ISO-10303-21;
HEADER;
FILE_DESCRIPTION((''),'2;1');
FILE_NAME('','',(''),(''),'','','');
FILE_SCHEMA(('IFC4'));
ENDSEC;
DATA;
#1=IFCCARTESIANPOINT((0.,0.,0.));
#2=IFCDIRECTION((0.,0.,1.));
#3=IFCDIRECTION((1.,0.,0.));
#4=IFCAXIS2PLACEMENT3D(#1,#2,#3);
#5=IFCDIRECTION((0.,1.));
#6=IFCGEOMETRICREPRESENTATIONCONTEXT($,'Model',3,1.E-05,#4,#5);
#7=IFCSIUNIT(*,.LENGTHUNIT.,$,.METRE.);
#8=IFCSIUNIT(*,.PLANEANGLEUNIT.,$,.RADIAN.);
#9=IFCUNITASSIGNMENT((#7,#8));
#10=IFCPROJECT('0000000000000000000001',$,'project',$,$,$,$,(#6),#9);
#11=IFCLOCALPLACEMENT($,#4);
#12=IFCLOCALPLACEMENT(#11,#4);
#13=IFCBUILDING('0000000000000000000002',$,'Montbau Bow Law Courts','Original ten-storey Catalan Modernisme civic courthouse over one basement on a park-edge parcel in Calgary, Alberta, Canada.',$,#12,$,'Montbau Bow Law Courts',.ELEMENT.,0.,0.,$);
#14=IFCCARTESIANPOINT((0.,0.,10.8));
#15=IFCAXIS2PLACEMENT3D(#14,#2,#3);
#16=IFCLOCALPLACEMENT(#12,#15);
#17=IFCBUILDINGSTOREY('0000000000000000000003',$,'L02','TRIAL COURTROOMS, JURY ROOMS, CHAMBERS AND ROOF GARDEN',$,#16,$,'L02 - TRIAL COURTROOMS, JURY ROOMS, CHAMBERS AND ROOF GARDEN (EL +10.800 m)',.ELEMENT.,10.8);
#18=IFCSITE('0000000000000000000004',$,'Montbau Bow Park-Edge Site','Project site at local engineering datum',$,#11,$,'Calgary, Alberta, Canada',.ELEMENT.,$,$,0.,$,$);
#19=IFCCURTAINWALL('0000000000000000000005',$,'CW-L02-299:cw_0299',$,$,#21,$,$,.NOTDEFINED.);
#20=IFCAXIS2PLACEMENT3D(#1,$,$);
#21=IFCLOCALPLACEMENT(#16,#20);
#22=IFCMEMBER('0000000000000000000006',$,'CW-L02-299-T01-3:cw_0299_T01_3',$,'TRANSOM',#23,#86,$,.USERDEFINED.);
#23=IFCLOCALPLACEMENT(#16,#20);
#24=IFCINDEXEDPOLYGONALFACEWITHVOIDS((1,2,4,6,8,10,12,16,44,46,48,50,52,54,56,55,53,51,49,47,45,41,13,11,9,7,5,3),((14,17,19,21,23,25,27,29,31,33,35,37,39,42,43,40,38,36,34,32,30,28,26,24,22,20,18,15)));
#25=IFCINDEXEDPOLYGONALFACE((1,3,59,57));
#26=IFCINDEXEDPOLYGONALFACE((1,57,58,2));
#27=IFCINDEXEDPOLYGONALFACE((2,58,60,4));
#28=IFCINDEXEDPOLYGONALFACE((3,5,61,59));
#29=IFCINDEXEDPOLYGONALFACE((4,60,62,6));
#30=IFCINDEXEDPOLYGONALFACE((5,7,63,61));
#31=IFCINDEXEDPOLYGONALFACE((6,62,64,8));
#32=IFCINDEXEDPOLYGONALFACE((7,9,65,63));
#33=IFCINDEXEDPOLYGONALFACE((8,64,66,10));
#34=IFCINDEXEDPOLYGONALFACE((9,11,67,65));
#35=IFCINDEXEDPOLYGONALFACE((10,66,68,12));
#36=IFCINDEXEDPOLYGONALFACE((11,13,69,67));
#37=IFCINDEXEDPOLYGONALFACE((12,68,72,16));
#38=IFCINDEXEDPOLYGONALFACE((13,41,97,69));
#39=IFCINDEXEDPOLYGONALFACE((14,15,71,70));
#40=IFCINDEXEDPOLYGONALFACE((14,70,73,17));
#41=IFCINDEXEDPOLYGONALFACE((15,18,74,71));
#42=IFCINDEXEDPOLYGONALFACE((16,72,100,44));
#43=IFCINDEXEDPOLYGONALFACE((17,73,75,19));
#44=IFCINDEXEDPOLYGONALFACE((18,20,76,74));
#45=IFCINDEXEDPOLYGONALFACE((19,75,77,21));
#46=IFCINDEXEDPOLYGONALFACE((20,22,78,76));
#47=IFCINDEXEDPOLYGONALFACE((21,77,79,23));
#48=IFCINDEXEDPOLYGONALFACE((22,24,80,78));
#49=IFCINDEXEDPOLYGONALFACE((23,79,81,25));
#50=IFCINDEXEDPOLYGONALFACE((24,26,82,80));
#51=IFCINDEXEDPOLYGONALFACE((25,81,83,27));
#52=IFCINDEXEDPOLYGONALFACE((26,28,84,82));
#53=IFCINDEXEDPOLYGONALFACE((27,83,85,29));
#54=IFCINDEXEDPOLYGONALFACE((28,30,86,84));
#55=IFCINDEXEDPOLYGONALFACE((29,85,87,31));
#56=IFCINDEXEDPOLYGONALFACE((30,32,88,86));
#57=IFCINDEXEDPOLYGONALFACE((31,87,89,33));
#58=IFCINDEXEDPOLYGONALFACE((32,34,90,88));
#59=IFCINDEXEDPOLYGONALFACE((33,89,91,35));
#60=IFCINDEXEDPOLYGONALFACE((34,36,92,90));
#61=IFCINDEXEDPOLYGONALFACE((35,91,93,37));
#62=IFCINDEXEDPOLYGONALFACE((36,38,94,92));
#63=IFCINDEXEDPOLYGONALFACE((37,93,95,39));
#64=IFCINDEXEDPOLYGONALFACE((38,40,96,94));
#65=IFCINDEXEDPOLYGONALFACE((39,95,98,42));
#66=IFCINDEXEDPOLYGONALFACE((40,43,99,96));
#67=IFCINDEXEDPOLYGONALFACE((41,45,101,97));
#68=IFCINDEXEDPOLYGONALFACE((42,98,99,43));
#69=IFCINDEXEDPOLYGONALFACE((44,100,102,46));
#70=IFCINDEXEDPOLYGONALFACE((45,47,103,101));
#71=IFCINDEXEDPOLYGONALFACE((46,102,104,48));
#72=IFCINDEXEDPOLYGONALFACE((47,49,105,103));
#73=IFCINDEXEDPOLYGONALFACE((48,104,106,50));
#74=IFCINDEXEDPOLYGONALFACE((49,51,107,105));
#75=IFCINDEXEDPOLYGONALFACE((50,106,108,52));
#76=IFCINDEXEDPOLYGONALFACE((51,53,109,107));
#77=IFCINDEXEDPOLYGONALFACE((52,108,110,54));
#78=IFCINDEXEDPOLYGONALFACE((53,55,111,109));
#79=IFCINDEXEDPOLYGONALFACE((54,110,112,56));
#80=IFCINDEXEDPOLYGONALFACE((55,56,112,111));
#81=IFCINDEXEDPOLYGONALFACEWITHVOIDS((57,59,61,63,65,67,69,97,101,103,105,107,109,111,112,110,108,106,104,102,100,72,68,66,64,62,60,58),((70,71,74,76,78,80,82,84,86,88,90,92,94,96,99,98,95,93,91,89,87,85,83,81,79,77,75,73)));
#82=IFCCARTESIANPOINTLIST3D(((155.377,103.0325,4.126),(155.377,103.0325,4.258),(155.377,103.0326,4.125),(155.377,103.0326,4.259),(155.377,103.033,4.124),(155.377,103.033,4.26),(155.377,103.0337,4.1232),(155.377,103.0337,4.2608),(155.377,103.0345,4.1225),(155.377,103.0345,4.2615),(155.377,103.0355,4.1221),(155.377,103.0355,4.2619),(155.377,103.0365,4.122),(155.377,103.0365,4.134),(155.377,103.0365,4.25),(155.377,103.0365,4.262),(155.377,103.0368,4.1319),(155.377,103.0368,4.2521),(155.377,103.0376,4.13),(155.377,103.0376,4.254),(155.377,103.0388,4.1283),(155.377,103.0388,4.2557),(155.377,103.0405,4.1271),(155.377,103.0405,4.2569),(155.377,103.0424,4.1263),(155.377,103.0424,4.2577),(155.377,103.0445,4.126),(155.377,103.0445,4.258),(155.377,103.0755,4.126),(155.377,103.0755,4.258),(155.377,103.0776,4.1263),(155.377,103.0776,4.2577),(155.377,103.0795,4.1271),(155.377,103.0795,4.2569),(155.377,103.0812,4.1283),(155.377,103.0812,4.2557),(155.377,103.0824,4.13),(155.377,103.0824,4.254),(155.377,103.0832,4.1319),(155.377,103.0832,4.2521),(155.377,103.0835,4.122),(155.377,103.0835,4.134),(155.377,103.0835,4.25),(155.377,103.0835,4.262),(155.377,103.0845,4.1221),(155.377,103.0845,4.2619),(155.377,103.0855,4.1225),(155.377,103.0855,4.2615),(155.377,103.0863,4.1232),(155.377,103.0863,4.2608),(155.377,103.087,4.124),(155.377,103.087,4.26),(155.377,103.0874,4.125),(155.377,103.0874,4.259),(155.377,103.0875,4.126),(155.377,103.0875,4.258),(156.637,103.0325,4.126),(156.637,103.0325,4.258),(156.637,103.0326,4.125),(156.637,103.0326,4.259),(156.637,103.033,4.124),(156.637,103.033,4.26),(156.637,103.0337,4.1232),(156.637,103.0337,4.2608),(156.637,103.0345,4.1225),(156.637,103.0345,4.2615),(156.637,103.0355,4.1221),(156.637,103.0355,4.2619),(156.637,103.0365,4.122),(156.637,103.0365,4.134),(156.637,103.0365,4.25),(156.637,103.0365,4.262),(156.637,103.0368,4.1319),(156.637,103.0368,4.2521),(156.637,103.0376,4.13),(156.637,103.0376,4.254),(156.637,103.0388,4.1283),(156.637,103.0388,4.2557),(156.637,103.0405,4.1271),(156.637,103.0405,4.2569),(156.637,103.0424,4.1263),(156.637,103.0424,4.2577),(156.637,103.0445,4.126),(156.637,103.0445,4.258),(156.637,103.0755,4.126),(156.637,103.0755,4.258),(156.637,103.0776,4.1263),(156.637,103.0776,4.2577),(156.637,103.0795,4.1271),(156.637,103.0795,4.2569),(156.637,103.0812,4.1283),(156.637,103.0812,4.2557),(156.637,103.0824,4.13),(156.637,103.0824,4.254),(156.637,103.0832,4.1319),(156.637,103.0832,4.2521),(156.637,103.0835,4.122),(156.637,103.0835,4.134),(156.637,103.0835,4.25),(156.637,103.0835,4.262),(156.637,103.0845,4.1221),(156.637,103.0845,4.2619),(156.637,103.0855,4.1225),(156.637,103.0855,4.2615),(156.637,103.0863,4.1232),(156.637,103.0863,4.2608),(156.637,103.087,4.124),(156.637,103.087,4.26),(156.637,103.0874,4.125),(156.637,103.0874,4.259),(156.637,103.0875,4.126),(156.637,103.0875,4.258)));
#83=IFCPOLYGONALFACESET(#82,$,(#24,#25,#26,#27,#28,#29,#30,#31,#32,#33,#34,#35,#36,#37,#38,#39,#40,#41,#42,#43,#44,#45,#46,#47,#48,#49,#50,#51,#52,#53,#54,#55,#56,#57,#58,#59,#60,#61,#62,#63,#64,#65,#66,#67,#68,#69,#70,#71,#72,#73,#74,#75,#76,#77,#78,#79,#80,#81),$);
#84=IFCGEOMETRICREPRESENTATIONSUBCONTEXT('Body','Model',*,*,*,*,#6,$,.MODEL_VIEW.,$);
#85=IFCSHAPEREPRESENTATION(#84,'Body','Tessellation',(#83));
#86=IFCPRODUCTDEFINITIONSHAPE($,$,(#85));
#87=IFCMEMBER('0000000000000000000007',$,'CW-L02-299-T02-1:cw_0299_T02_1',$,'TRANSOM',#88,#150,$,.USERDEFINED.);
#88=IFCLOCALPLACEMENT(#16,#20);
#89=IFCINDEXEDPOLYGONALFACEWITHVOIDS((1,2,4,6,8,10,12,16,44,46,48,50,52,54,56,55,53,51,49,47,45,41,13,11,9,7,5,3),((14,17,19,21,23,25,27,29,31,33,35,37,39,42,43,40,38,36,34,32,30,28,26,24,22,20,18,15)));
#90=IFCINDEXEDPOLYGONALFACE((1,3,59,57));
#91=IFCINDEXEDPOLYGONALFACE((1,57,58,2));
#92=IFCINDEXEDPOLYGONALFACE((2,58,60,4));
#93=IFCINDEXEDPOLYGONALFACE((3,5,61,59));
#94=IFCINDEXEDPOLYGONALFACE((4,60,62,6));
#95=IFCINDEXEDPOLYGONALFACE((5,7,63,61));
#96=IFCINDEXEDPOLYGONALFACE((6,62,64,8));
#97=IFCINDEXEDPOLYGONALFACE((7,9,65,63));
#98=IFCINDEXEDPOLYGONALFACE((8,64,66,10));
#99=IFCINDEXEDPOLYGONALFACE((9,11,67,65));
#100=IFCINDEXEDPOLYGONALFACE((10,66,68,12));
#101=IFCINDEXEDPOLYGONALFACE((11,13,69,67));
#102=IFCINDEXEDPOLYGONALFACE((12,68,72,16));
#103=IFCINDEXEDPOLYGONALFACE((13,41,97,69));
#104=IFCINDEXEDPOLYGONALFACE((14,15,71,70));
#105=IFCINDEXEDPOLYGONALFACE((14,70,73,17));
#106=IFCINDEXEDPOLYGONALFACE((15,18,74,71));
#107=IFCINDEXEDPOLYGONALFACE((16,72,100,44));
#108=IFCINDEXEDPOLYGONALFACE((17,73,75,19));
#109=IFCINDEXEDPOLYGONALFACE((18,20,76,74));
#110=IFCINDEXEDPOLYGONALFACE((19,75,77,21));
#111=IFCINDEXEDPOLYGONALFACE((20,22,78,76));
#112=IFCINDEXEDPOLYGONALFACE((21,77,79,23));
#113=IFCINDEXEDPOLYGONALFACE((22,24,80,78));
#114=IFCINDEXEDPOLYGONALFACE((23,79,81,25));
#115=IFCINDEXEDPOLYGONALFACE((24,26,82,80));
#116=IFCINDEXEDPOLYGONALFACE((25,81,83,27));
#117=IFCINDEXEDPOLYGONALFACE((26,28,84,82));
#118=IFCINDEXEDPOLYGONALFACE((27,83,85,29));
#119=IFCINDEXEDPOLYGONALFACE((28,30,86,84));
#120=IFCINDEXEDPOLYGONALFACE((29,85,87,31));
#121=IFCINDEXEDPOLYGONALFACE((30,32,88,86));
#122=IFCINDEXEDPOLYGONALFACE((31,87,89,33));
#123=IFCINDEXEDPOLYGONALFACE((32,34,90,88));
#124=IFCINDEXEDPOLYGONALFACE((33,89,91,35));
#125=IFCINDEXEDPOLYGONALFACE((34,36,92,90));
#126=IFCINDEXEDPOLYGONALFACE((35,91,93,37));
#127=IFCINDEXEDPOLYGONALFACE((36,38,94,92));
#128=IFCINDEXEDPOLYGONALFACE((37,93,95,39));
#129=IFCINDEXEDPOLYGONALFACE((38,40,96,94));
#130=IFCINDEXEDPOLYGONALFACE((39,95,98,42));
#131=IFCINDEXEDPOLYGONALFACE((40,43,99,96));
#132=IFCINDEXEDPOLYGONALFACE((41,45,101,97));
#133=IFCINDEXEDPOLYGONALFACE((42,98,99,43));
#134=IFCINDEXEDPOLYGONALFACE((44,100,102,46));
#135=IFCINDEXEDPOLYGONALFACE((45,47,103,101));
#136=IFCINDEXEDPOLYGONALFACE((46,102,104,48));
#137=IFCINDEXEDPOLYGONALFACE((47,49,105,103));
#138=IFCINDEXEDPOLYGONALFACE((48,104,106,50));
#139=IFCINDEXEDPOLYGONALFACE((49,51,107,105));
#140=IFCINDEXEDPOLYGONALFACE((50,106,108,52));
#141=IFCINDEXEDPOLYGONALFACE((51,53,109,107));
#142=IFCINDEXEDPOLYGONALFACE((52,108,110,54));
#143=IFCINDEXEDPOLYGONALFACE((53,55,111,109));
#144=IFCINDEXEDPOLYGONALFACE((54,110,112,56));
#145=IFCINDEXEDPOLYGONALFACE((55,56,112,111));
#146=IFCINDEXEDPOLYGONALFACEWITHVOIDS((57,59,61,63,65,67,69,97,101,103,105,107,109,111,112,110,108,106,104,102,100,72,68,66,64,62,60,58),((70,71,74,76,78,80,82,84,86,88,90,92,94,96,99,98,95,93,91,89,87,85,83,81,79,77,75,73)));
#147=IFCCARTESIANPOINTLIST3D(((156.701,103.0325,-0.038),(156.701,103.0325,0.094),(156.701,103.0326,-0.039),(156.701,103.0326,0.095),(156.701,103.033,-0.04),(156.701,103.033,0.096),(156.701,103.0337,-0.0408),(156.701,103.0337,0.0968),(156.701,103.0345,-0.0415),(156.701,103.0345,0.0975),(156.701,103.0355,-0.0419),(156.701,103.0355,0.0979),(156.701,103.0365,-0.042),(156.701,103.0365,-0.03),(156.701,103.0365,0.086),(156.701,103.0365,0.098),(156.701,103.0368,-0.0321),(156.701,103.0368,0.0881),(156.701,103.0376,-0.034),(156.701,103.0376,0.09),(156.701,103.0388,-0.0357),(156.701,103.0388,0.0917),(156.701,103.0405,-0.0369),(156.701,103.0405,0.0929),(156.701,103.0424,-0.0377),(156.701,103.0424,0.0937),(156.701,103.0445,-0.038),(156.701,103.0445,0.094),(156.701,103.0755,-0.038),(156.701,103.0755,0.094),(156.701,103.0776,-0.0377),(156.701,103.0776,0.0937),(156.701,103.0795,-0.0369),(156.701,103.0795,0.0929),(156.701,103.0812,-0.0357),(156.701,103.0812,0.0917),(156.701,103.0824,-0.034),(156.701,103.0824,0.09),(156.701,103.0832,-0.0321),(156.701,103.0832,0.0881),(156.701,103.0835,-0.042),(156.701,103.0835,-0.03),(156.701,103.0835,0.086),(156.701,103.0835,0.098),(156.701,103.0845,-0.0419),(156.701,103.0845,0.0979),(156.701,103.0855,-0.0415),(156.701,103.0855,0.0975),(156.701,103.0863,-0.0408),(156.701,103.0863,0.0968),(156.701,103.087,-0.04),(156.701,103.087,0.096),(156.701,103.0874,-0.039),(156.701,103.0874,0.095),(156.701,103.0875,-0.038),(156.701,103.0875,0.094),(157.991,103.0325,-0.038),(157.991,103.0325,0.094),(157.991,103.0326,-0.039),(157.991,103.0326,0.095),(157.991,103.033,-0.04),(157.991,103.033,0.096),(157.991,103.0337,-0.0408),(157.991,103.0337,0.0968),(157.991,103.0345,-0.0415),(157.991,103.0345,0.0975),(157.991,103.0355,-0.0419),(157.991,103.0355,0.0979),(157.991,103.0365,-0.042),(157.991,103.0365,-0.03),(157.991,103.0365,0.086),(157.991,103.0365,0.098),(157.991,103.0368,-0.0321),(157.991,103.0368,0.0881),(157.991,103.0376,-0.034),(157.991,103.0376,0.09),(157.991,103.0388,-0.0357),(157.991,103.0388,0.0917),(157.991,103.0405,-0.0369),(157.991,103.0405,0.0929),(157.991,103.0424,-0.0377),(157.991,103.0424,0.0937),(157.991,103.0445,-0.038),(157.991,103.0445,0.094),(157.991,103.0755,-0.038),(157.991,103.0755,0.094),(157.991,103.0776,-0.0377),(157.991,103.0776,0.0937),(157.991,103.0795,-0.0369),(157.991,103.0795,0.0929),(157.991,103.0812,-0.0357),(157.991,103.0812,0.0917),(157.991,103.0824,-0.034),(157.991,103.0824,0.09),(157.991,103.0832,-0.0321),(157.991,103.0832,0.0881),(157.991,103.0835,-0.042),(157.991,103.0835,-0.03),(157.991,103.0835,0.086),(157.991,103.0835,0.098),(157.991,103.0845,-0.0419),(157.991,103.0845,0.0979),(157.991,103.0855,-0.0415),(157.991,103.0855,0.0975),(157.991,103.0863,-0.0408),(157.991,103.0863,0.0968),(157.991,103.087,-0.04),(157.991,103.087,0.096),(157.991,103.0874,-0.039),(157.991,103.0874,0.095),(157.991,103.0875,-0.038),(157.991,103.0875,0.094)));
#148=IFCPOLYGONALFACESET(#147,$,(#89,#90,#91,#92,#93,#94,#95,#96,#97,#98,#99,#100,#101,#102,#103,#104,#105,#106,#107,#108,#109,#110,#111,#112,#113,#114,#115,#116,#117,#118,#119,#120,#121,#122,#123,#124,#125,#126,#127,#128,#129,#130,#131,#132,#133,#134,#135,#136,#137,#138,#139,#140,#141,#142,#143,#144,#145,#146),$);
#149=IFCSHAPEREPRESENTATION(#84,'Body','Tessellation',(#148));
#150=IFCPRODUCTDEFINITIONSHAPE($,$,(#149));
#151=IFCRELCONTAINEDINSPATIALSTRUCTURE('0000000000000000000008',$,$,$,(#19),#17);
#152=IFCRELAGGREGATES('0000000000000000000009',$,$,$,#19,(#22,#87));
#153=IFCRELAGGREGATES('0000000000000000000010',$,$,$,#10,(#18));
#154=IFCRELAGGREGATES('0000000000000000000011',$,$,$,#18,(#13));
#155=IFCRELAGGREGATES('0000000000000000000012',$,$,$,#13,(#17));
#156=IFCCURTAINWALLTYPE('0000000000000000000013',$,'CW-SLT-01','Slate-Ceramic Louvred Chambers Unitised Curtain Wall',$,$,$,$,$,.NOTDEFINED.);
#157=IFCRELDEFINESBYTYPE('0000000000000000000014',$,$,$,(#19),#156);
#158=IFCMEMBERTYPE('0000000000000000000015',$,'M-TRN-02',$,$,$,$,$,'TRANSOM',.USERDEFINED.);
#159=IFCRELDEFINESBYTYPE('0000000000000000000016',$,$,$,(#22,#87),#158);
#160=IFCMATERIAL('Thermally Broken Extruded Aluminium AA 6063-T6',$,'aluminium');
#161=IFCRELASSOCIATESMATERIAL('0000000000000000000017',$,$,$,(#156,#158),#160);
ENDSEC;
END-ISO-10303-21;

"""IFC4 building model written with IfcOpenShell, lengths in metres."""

from ifc_helpers import new_model, si_unit, direction, frame, origin_with_axes, origin_2d_with_axis, place, context, subcontext, project, spatial, hollow_rectangle, extrude, material, material_profile, profile_set, type_object, element, aggregate, save


model = new_model("IFC4")

# Units and contexts
model_context = context("Model", 3, precision=1e-05, world=origin_with_axes(), true_north=direction((0.0, 1.0)))
body_context = subcontext(model_context, "Body", "Model", "MODEL_VIEW")
ifc_project = project(units=[si_unit("LENGTHUNIT", "METRE"), si_unit("PLANEANGLEUNIT", "RADIAN")], contexts=[model_context])

# Site, building, storey
site_placement = place(None, origin_with_axes())
site = spatial("IfcSite", under=ifc_project, at=site_placement, Name="Montbau Bow Park-Edge Site", Description="Project site at local engineering datum", LongName="Calgary, Alberta, Canada", CompositionType="ELEMENT", RefElevation=0.0)
building_placement = place(site_placement, origin_with_axes())
building = spatial("IfcBuilding", under=site, at=building_placement, Name="Montbau Bow Law Courts", Description="Original ten-storey Catalan Modernisme civic courthouse over one basement on a park-edge parcel in Calgary, Alberta, Canada.", LongName="Montbau Bow Law Courts", CompositionType="ELEMENT", ElevationOfRefHeight=0.0, ElevationOfTerrain=0.0)
storey_placement = place(building_placement, frame((0.0, 0.0, 10.8), z_axis=(0.0, 0.0, 1.0), x_axis=(1.0, 0.0, 0.0)))
storey = spatial("IfcBuildingStorey", under=building, at=storey_placement, Name="L02", Description="TRIAL COURTROOMS, JURY ROOMS, CHAMBERS AND ROOF GARDEN", LongName="L02 - TRIAL COURTROOMS, JURY ROOMS, CHAMBERS AND ROOF GARDEN (EL +10.800 m)", CompositionType="ELEMENT", Elevation=10.8)

# Curtain wall, members
ifc_material_1 = material(Name="Thermally Broken Extruded Aluminium AA 6063-T6", Category="aluminium")
curtain_wall_type = type_object("IfcCurtainWallType", Name="CW-SLT-01", Description="Slate-Ceramic Louvred Chambers Unitised Curtain Wall", PredefinedType="NOTDEFINED", material=ifc_material_1)
curtain_wall_placement = place(None, frame((155.315, 103.06, 10.8), z_axis=(0.0, 0.0, 1.0), x_axis=(1.0, 0.0, 0.0)))
curtain_wall = element("IfcCurtainWall", 1, at=curtain_wall_placement, inside=storey, type_object=curtain_wall_type, Name="CW-L02-299:cw_0299", PredefinedType="NOTDEFINED")
ifc_material_profile_1 = material_profile(ifc_material_1, hollow_rectangle(XDim=0.055, YDim=0.14, WallThickness=0.004, InnerFilletRadius=0.008, OuterFilletRadius=0.004, at=origin_2d_with_axis()), Name="CWT-140X55", Category="Main", Priority=0)
ifc_profile_set_1 = profile_set([ifc_material_profile_1], Name="Thermally Broken Extruded Aluminium AA 6063-T6")
member_type_1 = type_object("IfcMemberType", Name="M-TRN-02", ElementType="TRANSOM", PredefinedType="USERDEFINED", material=ifc_profile_set_1)
member_1_placement = place(None, frame((155.377, 103.06, 14.992), z_axis=(1.0, 0.0, 0.0), x_axis=(0.0, 1.0, 0.0)))
member_1 = element("IfcMember", 2, at=member_1_placement, type_object=member_type_1, Name="CW-L02-299-T01-3:cw_0299_T01_3", ObjectType="TRANSOM", PredefinedType="USERDEFINED", context=body_context, shape_type="SweptSolid", body=[
    extrude(hollow_rectangle(XDim=0.055, YDim=0.14, WallThickness=0.004, InnerFilletRadius=0.008, OuterFilletRadius=0.004, at=origin_2d_with_axis()), origin_with_axes(), (0.0, 0.0, 1.0), 1.26),
])
member_2_placement = place(None, frame((156.701, 103.06, 10.828), z_axis=(1.0, 0.0, 0.0), x_axis=(0.0, 1.0, 0.0)))
member_2 = element("IfcMember", 3, at=member_2_placement, type_object=member_type_1, Name="CW-L02-299-T02-1:cw_0299_T02_1", ObjectType="TRANSOM", PredefinedType="USERDEFINED", context=body_context, shape_type="SweptSolid", body=[
    extrude(hollow_rectangle(XDim=0.055, YDim=0.14, WallThickness=0.004, InnerFilletRadius=0.008, OuterFilletRadius=0.004, at=origin_2d_with_axis()), origin_with_axes(), (0.0, 0.0, 1.0), 1.29),
])
aggregate(curtain_wall, [member_1, member_2])

save(model, "model.ifc")
